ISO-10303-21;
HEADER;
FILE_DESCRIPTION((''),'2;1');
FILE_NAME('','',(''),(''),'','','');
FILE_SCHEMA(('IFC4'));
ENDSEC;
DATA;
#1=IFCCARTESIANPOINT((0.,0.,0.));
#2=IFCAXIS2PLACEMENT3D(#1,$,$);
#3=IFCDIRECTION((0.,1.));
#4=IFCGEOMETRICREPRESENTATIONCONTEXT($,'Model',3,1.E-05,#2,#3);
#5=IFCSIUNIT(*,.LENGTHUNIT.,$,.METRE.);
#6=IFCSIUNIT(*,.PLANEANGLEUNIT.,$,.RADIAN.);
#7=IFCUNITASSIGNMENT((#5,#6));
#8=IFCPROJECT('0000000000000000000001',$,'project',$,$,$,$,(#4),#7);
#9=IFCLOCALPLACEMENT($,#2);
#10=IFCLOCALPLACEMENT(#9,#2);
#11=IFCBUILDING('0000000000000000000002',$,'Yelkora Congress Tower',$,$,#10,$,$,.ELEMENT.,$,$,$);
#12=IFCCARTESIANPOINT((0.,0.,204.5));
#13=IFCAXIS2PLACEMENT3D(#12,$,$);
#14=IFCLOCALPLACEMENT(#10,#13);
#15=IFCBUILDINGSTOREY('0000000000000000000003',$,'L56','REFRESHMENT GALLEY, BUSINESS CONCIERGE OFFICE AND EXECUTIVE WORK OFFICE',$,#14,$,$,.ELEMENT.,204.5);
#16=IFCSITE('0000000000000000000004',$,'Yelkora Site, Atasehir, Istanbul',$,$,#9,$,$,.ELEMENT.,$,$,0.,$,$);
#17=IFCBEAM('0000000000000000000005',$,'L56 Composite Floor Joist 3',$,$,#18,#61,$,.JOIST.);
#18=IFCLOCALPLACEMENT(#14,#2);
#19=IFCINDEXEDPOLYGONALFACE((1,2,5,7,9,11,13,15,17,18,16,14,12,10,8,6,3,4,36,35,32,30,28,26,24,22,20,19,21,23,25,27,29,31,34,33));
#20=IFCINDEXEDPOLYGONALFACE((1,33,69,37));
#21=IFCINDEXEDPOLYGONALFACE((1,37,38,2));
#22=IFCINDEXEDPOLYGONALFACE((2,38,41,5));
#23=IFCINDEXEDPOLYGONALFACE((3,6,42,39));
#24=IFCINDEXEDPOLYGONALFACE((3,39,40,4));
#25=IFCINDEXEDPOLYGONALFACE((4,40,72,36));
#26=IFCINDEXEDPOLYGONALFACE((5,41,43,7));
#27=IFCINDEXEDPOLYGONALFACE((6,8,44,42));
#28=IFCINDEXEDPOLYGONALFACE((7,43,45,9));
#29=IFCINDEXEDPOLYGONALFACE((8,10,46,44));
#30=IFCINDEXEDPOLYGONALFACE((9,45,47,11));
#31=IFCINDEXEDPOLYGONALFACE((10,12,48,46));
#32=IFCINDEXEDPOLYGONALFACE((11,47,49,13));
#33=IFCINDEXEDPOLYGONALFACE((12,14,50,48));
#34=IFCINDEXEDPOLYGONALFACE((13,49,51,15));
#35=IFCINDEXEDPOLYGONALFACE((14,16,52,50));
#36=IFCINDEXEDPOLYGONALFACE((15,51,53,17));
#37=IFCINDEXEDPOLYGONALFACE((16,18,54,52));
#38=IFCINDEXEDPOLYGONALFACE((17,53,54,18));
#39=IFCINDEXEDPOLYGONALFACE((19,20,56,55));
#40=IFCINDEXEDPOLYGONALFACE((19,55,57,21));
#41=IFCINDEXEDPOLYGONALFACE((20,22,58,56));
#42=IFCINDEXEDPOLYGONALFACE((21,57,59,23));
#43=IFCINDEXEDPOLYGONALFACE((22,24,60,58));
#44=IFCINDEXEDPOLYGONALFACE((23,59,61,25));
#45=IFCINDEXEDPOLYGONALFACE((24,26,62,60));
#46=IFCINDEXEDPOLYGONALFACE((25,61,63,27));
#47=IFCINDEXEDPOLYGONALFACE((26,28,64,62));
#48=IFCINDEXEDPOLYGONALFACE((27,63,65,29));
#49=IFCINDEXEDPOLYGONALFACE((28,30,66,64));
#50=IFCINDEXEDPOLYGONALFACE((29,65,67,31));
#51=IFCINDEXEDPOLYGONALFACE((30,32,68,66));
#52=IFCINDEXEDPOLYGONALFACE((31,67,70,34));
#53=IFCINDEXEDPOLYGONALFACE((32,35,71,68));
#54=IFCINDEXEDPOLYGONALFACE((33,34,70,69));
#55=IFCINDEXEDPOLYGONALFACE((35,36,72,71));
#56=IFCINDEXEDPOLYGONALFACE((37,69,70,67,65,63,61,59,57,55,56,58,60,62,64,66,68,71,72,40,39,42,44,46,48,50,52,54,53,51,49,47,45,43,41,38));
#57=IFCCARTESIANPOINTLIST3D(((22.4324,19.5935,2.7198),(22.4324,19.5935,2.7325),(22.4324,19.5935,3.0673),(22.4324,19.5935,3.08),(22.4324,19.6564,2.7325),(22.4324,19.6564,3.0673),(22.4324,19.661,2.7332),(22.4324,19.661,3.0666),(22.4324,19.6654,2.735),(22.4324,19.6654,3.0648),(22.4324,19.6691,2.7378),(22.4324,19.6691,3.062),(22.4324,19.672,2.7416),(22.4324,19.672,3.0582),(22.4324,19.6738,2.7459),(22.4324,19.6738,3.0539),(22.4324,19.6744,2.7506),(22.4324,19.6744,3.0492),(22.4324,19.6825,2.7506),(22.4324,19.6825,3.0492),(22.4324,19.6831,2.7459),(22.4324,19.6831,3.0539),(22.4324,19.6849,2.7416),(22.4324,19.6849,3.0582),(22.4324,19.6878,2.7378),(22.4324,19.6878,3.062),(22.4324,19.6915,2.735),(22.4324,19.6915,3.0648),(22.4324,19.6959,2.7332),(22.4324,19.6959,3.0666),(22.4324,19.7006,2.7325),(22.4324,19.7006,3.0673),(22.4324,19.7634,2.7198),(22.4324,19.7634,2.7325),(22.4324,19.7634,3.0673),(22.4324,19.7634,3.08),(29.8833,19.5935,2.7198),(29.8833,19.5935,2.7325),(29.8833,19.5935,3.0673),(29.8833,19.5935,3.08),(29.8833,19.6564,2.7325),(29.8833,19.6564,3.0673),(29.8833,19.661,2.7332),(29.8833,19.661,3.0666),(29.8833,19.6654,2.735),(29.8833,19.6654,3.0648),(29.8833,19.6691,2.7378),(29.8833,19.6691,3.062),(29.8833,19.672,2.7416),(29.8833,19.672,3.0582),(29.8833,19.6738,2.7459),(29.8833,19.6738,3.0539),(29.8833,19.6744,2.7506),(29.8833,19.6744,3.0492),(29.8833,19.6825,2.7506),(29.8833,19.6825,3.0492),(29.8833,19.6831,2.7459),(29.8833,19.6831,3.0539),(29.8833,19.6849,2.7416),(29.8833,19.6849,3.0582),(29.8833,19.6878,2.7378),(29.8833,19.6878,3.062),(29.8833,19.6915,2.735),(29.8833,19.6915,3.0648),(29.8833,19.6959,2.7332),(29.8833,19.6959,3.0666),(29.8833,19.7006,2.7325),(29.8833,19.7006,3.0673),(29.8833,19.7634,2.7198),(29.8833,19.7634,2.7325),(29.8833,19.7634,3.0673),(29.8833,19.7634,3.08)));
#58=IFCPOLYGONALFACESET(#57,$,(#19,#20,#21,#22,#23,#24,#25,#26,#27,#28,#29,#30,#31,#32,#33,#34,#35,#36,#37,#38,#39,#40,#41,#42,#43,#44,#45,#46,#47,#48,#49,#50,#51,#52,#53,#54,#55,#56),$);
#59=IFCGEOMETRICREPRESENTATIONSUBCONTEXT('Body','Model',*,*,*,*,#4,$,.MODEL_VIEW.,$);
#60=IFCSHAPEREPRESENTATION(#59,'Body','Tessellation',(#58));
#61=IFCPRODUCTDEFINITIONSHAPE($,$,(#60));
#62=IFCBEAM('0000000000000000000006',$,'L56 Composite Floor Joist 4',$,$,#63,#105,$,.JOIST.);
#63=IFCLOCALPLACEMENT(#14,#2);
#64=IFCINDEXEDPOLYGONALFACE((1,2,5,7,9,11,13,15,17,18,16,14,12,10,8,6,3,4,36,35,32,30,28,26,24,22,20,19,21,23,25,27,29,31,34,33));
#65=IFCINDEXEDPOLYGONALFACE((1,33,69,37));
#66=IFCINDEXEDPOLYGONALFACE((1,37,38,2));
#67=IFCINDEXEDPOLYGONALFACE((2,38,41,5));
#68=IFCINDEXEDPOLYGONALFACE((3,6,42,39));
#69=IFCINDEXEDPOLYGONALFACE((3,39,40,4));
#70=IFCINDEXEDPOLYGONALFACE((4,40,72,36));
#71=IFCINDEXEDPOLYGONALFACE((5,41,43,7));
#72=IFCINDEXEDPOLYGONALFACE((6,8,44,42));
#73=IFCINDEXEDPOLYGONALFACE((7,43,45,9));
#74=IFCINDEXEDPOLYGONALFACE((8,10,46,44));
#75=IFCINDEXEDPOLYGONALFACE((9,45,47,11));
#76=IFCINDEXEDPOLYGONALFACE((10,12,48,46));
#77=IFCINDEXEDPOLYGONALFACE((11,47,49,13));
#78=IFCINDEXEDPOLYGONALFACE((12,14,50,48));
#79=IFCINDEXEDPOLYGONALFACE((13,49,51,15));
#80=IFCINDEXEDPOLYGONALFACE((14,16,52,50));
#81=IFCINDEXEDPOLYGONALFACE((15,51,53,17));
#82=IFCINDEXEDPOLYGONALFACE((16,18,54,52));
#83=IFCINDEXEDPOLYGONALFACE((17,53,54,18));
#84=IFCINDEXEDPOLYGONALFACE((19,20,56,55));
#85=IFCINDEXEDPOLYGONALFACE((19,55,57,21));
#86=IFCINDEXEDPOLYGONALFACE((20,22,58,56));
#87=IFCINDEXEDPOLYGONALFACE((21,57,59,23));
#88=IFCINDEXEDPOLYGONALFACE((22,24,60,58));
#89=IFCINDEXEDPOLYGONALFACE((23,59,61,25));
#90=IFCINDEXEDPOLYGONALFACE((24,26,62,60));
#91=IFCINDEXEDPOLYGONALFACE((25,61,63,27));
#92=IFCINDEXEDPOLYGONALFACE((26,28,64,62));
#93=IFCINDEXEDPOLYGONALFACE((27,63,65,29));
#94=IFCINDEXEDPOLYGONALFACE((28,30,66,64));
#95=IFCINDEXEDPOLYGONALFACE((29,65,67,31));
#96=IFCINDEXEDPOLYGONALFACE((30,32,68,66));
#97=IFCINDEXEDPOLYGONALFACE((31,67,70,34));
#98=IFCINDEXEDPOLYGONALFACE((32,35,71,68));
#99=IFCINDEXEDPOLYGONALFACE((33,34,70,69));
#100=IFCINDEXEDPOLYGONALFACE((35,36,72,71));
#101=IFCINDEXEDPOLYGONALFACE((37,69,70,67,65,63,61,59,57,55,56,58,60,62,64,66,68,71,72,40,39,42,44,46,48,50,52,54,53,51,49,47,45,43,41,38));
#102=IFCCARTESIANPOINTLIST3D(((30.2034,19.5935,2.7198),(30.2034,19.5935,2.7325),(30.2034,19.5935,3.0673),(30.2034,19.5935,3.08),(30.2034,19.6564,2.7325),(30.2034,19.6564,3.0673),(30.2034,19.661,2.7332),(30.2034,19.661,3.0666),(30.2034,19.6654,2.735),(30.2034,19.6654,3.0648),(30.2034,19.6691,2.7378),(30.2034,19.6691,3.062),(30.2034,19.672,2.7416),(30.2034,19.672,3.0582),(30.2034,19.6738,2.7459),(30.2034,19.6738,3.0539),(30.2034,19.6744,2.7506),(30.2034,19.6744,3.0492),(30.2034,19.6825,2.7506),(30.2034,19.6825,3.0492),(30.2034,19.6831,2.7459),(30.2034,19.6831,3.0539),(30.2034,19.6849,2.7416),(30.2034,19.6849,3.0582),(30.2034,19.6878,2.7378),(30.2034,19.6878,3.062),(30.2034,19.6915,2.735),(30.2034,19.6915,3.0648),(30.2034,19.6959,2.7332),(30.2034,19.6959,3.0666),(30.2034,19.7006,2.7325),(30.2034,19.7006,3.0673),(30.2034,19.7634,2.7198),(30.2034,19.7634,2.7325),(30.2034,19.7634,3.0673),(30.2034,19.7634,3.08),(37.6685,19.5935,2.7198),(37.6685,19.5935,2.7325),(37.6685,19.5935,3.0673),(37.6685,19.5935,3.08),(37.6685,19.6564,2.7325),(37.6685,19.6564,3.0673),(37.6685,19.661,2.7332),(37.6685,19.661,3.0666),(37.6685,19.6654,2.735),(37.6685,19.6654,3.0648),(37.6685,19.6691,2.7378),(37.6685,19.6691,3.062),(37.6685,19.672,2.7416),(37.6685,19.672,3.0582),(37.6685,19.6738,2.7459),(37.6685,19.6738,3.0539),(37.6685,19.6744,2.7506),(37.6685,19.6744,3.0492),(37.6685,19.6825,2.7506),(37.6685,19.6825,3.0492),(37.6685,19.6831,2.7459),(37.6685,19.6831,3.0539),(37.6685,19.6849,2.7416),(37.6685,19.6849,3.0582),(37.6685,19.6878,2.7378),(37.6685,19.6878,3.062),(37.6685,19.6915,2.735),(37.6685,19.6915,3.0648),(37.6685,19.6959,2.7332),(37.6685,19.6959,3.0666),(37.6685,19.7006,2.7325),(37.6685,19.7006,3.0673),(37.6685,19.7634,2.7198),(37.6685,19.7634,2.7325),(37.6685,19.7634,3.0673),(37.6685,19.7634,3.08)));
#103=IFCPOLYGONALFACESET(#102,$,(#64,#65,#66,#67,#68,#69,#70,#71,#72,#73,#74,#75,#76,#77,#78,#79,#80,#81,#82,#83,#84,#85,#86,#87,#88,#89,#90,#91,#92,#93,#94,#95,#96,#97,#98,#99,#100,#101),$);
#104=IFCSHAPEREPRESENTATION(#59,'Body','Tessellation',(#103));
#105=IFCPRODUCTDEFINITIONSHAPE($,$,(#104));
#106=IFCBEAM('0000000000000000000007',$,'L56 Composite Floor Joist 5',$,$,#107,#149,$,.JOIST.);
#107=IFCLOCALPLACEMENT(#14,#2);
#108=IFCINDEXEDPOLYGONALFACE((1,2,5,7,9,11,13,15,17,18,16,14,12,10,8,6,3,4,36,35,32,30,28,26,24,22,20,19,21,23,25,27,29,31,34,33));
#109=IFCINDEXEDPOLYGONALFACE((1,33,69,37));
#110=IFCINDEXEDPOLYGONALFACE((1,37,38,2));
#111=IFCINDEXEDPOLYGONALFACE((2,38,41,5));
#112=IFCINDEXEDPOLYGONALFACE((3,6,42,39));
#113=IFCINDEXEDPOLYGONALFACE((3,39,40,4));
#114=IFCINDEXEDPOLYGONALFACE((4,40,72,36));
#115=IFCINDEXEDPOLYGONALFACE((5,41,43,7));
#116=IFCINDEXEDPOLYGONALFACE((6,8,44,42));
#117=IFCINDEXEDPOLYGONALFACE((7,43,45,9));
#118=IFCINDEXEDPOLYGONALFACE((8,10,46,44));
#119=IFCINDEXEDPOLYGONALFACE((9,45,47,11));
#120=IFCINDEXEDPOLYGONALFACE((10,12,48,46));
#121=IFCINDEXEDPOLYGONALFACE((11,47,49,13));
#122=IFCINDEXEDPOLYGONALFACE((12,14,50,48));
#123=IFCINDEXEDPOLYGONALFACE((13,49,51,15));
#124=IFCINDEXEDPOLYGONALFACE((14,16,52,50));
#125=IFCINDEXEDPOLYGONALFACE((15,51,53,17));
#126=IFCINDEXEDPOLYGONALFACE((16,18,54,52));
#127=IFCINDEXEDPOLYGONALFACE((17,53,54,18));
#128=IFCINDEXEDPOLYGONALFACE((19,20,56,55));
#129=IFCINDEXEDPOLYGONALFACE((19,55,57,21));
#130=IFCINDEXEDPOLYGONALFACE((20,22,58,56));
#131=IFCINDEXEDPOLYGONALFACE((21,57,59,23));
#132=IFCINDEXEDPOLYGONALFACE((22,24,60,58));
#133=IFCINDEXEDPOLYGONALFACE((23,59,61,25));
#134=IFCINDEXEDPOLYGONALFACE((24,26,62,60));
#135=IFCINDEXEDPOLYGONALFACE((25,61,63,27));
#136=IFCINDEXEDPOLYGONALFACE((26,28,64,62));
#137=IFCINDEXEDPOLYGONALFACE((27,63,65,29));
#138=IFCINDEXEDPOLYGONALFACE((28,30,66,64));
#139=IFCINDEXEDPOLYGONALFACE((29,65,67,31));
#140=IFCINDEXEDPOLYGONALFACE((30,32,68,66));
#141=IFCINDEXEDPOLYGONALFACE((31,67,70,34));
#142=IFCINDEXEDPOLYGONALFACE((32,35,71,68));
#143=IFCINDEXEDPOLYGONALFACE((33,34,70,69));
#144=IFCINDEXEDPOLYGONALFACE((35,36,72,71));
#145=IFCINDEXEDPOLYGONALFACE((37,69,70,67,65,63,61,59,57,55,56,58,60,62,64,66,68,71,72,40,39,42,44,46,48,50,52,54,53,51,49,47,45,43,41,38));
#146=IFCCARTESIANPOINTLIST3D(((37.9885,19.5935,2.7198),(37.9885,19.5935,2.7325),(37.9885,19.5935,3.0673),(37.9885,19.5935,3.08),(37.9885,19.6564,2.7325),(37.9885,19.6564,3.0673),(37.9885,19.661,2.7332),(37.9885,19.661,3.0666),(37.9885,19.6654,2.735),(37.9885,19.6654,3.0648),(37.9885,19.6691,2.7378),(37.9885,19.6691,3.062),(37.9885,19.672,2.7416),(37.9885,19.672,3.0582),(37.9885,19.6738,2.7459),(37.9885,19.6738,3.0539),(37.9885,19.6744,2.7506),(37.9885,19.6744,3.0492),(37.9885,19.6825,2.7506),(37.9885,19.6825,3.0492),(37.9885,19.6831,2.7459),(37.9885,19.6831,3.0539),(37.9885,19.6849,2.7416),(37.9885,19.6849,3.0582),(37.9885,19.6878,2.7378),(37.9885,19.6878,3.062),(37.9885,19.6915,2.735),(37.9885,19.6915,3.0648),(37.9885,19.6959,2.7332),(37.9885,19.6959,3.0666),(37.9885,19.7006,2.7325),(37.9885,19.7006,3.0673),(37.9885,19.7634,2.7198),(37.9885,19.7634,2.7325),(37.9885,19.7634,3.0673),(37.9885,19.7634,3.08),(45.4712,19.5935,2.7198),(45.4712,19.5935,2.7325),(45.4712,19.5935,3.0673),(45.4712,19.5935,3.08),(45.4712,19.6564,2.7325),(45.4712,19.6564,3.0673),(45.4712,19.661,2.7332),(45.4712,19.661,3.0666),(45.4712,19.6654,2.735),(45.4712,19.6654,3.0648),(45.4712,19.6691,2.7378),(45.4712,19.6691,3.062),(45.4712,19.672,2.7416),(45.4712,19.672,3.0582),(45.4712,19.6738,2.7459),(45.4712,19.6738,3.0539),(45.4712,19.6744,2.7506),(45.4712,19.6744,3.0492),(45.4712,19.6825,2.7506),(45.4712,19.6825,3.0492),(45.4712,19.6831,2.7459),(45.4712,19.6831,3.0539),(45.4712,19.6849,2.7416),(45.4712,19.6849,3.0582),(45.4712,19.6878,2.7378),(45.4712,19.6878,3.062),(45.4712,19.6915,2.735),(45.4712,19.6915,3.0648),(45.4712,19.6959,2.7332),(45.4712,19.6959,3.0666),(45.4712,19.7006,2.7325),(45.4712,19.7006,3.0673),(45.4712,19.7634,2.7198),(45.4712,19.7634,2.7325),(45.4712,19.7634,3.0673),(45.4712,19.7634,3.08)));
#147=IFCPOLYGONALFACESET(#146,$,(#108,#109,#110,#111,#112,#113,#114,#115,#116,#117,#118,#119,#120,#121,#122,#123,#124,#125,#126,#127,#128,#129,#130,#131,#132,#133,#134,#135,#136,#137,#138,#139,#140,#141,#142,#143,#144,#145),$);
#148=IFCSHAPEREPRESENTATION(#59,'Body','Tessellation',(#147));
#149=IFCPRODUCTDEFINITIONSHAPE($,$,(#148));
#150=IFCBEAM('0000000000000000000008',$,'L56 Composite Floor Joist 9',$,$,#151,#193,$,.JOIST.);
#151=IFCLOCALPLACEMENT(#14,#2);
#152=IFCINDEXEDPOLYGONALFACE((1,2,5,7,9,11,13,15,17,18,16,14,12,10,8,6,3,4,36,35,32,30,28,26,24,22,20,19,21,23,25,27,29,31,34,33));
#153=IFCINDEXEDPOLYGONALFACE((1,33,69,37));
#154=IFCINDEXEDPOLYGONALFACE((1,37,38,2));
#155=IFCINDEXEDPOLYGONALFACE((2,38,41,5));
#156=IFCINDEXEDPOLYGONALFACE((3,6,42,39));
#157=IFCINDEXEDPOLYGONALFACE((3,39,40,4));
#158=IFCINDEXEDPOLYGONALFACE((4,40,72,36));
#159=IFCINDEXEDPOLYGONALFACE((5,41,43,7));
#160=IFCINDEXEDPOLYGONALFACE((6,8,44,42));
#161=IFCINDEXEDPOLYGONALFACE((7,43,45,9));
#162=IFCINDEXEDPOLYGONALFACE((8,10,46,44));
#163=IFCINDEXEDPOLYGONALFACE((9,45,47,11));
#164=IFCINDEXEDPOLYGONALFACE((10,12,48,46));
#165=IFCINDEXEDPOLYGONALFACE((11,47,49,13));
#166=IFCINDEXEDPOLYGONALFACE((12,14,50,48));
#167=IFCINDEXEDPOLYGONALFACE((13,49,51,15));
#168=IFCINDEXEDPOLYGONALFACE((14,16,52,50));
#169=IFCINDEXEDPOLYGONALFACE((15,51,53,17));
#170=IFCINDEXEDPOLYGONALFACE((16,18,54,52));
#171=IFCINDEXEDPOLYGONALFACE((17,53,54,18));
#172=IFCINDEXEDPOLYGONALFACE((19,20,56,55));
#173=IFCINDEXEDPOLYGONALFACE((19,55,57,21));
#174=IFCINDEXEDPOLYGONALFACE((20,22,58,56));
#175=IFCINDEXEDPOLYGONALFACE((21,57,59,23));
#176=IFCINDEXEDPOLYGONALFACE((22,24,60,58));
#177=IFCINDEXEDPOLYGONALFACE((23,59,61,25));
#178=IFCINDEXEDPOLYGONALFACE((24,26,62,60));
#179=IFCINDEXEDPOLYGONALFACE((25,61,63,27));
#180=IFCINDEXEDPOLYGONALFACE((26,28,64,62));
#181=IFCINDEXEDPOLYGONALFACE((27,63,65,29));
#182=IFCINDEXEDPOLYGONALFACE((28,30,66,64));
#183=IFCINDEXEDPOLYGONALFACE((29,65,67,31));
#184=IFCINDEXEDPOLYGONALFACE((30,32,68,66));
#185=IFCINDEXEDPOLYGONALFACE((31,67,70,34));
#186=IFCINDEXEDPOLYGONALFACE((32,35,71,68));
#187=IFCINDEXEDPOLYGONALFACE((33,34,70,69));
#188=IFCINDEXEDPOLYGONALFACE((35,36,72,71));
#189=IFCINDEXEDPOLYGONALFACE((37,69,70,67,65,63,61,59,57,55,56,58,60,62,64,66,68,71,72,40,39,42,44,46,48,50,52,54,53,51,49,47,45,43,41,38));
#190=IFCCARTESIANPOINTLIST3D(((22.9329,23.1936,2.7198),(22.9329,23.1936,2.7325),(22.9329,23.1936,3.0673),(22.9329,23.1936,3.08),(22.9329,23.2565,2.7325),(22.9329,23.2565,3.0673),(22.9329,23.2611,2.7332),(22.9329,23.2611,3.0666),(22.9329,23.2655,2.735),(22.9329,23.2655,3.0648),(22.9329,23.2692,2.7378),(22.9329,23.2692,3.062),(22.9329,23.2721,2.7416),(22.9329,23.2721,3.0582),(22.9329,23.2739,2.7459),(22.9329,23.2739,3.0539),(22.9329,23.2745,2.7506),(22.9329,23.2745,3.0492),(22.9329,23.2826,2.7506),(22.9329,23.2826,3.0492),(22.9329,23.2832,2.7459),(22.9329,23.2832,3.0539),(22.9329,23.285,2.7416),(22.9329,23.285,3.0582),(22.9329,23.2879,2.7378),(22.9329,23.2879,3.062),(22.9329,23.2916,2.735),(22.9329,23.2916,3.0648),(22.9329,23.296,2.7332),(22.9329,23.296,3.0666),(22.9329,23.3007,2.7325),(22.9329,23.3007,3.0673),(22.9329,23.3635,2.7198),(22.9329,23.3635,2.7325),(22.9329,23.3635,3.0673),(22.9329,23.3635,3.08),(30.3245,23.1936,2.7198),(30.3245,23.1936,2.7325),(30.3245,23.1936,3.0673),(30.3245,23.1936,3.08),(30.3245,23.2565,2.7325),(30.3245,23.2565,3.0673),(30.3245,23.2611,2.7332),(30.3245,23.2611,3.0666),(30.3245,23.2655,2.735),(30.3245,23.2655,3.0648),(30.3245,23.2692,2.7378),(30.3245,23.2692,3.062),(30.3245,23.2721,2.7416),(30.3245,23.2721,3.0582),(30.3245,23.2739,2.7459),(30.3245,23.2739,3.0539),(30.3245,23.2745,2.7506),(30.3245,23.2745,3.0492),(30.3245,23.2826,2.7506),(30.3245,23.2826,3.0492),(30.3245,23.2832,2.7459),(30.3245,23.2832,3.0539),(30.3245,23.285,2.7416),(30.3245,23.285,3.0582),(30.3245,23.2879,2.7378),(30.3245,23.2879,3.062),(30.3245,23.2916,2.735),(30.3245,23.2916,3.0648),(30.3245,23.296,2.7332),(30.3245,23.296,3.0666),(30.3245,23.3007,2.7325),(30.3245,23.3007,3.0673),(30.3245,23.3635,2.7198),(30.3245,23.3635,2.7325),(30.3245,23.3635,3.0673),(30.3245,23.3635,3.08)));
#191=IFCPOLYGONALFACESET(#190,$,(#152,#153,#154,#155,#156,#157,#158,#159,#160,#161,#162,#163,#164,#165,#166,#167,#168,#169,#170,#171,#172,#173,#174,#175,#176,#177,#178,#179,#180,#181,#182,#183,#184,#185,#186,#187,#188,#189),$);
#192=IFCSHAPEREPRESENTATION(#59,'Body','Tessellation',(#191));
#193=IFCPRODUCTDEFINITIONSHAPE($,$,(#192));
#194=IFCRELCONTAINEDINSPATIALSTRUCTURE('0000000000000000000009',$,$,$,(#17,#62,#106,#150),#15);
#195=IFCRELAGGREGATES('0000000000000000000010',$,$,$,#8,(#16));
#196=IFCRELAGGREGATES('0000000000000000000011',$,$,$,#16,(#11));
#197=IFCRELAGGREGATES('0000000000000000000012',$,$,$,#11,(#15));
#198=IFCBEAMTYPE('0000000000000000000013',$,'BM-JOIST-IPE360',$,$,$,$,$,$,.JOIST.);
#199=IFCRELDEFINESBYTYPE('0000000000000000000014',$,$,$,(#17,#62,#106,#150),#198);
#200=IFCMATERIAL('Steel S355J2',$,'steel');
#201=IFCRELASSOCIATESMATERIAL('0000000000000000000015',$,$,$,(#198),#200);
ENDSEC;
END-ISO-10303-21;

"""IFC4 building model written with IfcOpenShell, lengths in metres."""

from ifc_helpers import new_model, si_unit, direction, frame, origin, origin_2d, place, context, subcontext, project, spatial, i_section, extrude, material, material_profile, profile_set, type_object, element, save


model = new_model("IFC4")

# Units and contexts
model_context = context("Model", 3, precision=1e-05, world=origin(), true_north=direction((0.0, 1.0)))
body_context = subcontext(model_context, "Body", "Model", "MODEL_VIEW")
ifc_project = project(units=[si_unit("LENGTHUNIT", "METRE"), si_unit("PLANEANGLEUNIT", "RADIAN")], contexts=[model_context])

# Site, building, storey
site_placement = place(None, origin())
site = spatial("IfcSite", under=ifc_project, at=site_placement, Name="Yelkora Site, Atasehir, Istanbul", CompositionType="ELEMENT", RefElevation=0.0)
building_placement = place(site_placement, origin())
building = spatial("IfcBuilding", under=site, at=building_placement, Name="Yelkora Congress Tower", CompositionType="ELEMENT")
storey_placement = place(building_placement, frame((0.0, 0.0, 204.5)))
storey = spatial("IfcBuildingStorey", under=building, at=storey_placement, Name="L56", Description="REFRESHMENT GALLEY, BUSINESS CONCIERGE OFFICE AND EXECUTIVE WORK OFFICE", CompositionType="ELEMENT", Elevation=204.5)

# Beams
ifc_material_1 = material(Name="Steel S355J2", Category="steel")
ifc_material_profile_1 = material_profile(ifc_material_1, i_section(OverallWidth=0.1699, OverallDepth=0.3601, WebThickness=0.0081, FlangeThickness=0.0127, FilletRadius=0.0181, at=origin_2d()), Name="IPE 360")
ifc_profile_set_1 = profile_set([ifc_material_profile_1], Name="Steel S355J2")
beam_type_1 = type_object("IfcBeamType", Name="BM-JOIST-IPE360", PredefinedType="JOIST", material=ifc_profile_set_1)
beam_1_placement = place(storey_placement, frame((22.4324, 19.6785, 2.8999), z_axis=(1.0, 0.0, 0.0), x_axis=(0.0, 1.0, 0.0)))
element("IfcBeam", 1, at=beam_1_placement, inside=storey, type_object=beam_type_1, Name="L56 Composite Floor Joist 3", PredefinedType="JOIST", context=body_context, shape_type="SweptSolid", body=[
    extrude(i_section(OverallWidth=0.1699, OverallDepth=0.3601, WebThickness=0.0081, FlangeThickness=0.0127, FilletRadius=0.0181, at=origin_2d()), origin(), (0.0, 0.0, 1.0), 7.4509),
])
beam_2_placement = place(storey_placement, frame((30.2034, 19.6785, 2.8999), z_axis=(1.0, 0.0, 0.0), x_axis=(0.0, 1.0, 0.0)))
element("IfcBeam", 2, at=beam_2_placement, inside=storey, type_object=beam_type_1, Name="L56 Composite Floor Joist 4", PredefinedType="JOIST", context=body_context, shape_type="SweptSolid", body=[
    extrude(i_section(OverallWidth=0.1699, OverallDepth=0.3601, WebThickness=0.0081, FlangeThickness=0.0127, FilletRadius=0.0181, at=origin_2d()), origin(), (0.0, 0.0, 1.0), 7.4651),
])
beam_3_placement = place(storey_placement, frame((37.9885, 19.6785, 2.8999), z_axis=(1.0, 0.0, 0.0), x_axis=(0.0, 1.0, 0.0)))
element("IfcBeam", 3, at=beam_3_placement, inside=storey, type_object=beam_type_1, Name="L56 Composite Floor Joist 5", PredefinedType="JOIST", context=body_context, shape_type="SweptSolid", body=[
    extrude(i_section(OverallWidth=0.1699, OverallDepth=0.3601, WebThickness=0.0081, FlangeThickness=0.0127, FilletRadius=0.0181, at=origin_2d()), origin(), (0.0, 0.0, 1.0), 7.4827),
])
beam_4_placement = place(storey_placement, frame((22.9329, 23.2786, 2.8999), z_axis=(1.0, 0.0, 0.0), x_axis=(0.0, 1.0, 0.0)))
element("IfcBeam", 4, at=beam_4_placement, inside=storey, type_object=beam_type_1, Name="L56 Composite Floor Joist 9", PredefinedType="JOIST", context=body_context, shape_type="SweptSolid", body=[
    extrude(i_section(OverallWidth=0.1699, OverallDepth=0.3601, WebThickness=0.0081, FlangeThickness=0.0127, FilletRadius=0.0181, at=origin_2d()), origin(), (0.0, 0.0, 1.0), 7.3916),
])

save(model, "model.ifc")
